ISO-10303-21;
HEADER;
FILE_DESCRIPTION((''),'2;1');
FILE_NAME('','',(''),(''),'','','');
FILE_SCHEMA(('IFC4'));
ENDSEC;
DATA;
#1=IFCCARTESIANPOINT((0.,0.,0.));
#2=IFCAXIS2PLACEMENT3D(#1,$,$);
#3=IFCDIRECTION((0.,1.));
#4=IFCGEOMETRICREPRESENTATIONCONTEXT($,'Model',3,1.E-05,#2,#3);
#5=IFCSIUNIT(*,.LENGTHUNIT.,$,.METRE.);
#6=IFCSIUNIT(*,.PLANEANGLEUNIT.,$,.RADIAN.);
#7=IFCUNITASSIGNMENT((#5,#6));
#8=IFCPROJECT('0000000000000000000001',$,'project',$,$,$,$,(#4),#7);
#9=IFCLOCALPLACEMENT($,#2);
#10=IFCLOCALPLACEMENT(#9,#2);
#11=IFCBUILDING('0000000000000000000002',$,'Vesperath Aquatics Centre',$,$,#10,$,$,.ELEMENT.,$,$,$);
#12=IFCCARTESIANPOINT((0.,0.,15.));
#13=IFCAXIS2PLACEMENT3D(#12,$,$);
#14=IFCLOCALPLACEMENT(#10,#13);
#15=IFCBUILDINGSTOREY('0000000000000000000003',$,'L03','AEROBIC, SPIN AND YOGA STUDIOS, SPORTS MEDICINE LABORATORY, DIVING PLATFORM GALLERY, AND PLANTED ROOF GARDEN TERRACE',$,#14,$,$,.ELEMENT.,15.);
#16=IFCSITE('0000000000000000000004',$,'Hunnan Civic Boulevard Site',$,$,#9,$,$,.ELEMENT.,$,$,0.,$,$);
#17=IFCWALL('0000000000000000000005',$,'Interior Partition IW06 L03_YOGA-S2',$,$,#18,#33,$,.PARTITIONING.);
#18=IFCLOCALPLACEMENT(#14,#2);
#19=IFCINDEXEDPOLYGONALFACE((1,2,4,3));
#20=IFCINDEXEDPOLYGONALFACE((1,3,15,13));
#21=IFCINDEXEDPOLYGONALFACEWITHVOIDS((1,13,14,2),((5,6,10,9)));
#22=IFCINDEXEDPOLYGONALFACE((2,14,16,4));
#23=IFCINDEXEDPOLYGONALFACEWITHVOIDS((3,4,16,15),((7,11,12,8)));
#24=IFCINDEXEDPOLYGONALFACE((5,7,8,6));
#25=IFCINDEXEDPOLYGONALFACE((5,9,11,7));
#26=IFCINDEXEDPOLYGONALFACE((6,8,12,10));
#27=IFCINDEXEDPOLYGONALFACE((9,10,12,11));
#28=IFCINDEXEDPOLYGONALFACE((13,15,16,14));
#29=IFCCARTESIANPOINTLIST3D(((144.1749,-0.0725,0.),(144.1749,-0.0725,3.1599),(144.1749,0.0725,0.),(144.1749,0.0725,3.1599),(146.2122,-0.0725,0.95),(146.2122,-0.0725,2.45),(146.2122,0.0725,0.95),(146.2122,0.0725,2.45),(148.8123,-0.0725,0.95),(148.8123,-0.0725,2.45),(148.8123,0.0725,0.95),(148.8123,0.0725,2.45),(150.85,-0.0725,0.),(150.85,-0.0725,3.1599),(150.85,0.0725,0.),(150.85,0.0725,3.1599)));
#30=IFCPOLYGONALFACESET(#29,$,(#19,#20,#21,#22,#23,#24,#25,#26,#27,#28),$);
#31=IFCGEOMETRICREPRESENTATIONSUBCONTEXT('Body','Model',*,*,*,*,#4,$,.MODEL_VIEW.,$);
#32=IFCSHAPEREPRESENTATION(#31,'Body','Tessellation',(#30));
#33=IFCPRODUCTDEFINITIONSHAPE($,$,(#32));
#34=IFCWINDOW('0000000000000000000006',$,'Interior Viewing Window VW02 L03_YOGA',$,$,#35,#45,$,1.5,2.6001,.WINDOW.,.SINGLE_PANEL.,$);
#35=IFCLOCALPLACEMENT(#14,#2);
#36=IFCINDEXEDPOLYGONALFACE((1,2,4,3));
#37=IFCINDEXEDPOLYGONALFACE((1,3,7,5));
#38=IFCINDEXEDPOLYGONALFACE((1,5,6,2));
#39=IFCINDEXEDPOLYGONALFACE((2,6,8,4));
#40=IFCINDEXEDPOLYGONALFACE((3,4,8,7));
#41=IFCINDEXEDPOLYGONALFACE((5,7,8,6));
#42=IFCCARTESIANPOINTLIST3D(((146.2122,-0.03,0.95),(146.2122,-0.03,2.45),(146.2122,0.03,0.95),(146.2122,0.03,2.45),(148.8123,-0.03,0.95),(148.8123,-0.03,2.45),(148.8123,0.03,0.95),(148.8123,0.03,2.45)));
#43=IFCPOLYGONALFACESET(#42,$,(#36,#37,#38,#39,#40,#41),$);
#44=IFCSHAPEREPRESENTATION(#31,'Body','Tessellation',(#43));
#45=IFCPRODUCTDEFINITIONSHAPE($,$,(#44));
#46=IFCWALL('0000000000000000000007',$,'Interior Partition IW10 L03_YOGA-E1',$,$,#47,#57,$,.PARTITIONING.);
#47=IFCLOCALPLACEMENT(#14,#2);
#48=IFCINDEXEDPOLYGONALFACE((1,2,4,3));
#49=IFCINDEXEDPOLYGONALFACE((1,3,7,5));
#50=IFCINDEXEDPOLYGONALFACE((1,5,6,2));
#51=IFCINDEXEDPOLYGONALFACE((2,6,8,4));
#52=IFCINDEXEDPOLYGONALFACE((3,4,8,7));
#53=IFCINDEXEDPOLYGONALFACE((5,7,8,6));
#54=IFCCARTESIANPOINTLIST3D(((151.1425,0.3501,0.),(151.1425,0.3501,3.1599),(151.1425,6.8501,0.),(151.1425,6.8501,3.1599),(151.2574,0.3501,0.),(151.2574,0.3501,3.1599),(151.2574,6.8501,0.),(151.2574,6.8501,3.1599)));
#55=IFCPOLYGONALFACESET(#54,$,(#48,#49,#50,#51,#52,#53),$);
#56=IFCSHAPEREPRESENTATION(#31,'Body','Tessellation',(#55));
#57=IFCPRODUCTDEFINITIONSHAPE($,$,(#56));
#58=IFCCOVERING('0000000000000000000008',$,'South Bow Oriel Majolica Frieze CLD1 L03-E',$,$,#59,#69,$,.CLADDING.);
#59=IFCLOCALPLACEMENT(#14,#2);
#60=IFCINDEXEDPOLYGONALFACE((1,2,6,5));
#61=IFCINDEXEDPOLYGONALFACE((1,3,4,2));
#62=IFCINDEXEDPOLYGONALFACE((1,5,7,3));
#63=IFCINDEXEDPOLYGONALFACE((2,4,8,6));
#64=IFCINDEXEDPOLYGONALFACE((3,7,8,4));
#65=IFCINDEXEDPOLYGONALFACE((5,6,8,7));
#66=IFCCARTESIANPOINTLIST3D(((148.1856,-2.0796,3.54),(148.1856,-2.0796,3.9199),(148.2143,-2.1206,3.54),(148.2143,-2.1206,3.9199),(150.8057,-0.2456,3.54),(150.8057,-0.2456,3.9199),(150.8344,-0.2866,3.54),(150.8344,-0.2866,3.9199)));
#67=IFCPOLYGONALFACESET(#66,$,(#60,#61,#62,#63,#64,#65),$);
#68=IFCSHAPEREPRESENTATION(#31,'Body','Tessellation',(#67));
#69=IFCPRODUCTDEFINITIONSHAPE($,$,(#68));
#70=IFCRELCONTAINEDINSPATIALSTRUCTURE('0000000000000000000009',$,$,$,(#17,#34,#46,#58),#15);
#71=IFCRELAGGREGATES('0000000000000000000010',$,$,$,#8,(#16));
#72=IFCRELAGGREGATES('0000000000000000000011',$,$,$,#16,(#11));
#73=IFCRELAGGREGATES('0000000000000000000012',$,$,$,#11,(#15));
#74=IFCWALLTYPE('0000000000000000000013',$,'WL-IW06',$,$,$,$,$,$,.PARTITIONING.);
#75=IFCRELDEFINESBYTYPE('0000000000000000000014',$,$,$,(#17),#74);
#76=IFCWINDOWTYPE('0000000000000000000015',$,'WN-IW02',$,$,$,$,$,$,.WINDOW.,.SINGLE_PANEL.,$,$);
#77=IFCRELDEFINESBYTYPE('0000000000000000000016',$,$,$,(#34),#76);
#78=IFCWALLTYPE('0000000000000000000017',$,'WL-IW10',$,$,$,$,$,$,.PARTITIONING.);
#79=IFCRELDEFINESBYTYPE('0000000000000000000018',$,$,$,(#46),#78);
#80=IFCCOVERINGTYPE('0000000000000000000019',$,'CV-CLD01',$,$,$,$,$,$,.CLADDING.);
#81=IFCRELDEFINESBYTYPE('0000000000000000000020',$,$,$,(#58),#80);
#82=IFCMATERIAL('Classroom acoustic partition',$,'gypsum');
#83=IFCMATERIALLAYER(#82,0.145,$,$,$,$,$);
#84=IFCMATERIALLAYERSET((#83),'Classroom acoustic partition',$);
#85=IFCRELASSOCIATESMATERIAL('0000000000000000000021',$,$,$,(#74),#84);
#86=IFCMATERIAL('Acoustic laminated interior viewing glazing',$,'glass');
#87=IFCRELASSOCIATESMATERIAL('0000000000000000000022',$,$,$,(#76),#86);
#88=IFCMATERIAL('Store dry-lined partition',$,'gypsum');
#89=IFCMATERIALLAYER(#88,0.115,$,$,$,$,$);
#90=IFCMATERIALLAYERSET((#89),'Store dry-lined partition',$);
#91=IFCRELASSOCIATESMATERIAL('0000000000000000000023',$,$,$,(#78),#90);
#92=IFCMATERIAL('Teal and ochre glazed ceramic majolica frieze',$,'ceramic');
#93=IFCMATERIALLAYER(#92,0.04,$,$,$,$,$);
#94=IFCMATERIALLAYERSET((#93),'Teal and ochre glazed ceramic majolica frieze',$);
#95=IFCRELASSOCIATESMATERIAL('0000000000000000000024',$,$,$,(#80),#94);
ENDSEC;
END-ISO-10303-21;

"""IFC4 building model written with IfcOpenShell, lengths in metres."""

from ifc_helpers import new_model, si_unit, direction, frame, frame_2d, origin, place, context, subcontext, project, spatial, rectangle, extrude, material, layer, layer_set, type_object, element, fill, save


model = new_model("IFC4")

# Units and contexts
model_context = context("Model", 3, precision=1e-05, world=origin(), true_north=direction((0.0, 1.0)))
body_context = subcontext(model_context, "Body", "Model", "MODEL_VIEW")
ifc_project = project(units=[si_unit("LENGTHUNIT", "METRE"), si_unit("PLANEANGLEUNIT", "RADIAN")], contexts=[model_context])

# Site, building, storey
site_placement = place(None, origin())
site = spatial("IfcSite", under=ifc_project, at=site_placement, Name="Hunnan Civic Boulevard Site", CompositionType="ELEMENT", RefElevation=0.0)
building_placement = place(site_placement, origin())
building = spatial("IfcBuilding", under=site, at=building_placement, Name="Vesperath Aquatics Centre", CompositionType="ELEMENT")
storey_placement = place(building_placement, frame((0.0, 0.0, 15.0)))
storey = spatial("IfcBuildingStorey", under=building, at=storey_placement, Name="L03", Description="AEROBIC, SPIN AND YOGA STUDIOS, SPORTS MEDICINE LABORATORY, DIVING PLATFORM GALLERY, AND PLANTED ROOF GARDEN TERRACE", CompositionType="ELEMENT", Elevation=15.0)

# Wall, opening, window
ifc_material_1 = material(Name="Classroom acoustic partition", Category="gypsum")
ifc_layer_1 = layer(ifc_material_1, 0.145)
ifc_layer_set_1 = layer_set([ifc_layer_1], Name="Classroom acoustic partition")
wall_type_1 = type_object("IfcWallType", Name="WL-IW06", PredefinedType="PARTITIONING", material=ifc_layer_set_1)
wall_1_placement = place(storey_placement, frame((144.175, 0.0, 0.0), z_axis=(0.0, 0.0, 1.0), x_axis=(1.0, 0.0, 0.0)))
wall_1 = element("IfcWall", 1, at=wall_1_placement, inside=storey, type_object=wall_type_1, Name="Interior Partition IW06 L03_YOGA-S2", PredefinedType="PARTITIONING", context=body_context, shape_type="SweptSolid", body=[
    extrude(rectangle(XDim=6.675, YDim=0.145, at=frame_2d((3.3374, 0.0))), origin(), (0.0, 0.0, 1.0), 3.1599),
])
opening_1_placement = place(wall_1_placement, frame((2.0371, 0.0, 0.95)))
opening_1 = element("IfcOpeningElement", 2, at=opening_1_placement, cuts=wall_1, PredefinedType="OPENING", context=body_context, shape_type="SweptSolid", body=[
    extrude(rectangle(XDim=2.6001, YDim=1.5, at=frame_2d((1.3, 0.75))), frame((0.0, 0.0874, 0.0), z_axis=(0.0, -1.0, 0.0), x_axis=(1.0, 0.0, 0.0)), (0.0, 0.0, 1.0), 0.1748),
])
ifc_material_2 = material(Name="Acoustic laminated interior viewing glazing", Category="glass")
window_type_1 = type_object("IfcWindowType", Name="WN-IW02", PartitioningType="SINGLE_PANEL", PredefinedType="WINDOW", material=ifc_material_2)
window_1_placement = place(opening_1_placement, origin())
window_1 = element("IfcWindow", 3, at=window_1_placement, inside=storey, type_object=window_type_1, Name="Interior Viewing Window VW02 L03_YOGA", OverallHeight=1.5, OverallWidth=2.6001, PartitioningType="SINGLE_PANEL", PredefinedType="WINDOW", context=body_context, shape_type="SweptSolid", body=[
    extrude(rectangle(XDim=2.6001, YDim=1.5, at=frame_2d((1.3, 0.75))), frame((0.0, 0.03, 0.0), z_axis=(0.0, -1.0, 0.0), x_axis=(1.0, 0.0, 0.0)), (0.0, 0.0, 1.0), 0.0601),
])
fill(opening_1, window_1)

# Wall
ifc_material_3 = material(Name="Store dry-lined partition", Category="gypsum")
ifc_layer_2 = layer(ifc_material_3, 0.115)
ifc_layer_set_2 = layer_set([ifc_layer_2], Name="Store dry-lined partition")
wall_type_2 = type_object("IfcWallType", Name="WL-IW10", PredefinedType="PARTITIONING", material=ifc_layer_set_2)
wall_2_placement = place(storey_placement, frame((151.2, 0.3501, 0.0), z_axis=(0.0, 0.0, 1.0), x_axis=(0.0, 1.0, 0.0)))
element("IfcWall", 4, at=wall_2_placement, inside=storey, type_object=wall_type_2, Name="Interior Partition IW10 L03_YOGA-E1", PredefinedType="PARTITIONING", context=body_context, shape_type="SweptSolid", body=[
    extrude(rectangle(XDim=6.5, YDim=0.115, at=frame_2d((3.25, 0.0))), origin(), (0.0, 0.0, 1.0), 3.1599),
])

# Covering
ifc_material_4 = material(Name="Teal and ochre glazed ceramic majolica frieze", Category="ceramic")
ifc_layer_3 = layer(ifc_material_4, 0.04)
ifc_layer_set_3 = layer_set([ifc_layer_3], Name="Teal and ochre glazed ceramic majolica frieze")
covering_type = type_object("IfcCoveringType", Name="CV-CLD01", PredefinedType="CLADDING", material=ifc_layer_set_3)
covering_placement = place(storey_placement, frame((148.2, -2.1001, 3.54), z_axis=(0.0, 0.0, 1.0), x_axis=(0.819246, 0.573442, 0.0)))
element("IfcCovering", 5, at=covering_placement, inside=storey, type_object=covering_type, Name="South Bow Oriel Majolica Frieze CLD1 L03-E", PredefinedType="CLADDING", context=body_context, shape_type="SweptSolid", body=[
    extrude(rectangle(XDim=3.1982, YDim=0.05, at=frame_2d((1.5991, 0.0))), origin(), (0.0, 0.0, 1.0), 0.3799),
])

save(model, "model.ifc")
